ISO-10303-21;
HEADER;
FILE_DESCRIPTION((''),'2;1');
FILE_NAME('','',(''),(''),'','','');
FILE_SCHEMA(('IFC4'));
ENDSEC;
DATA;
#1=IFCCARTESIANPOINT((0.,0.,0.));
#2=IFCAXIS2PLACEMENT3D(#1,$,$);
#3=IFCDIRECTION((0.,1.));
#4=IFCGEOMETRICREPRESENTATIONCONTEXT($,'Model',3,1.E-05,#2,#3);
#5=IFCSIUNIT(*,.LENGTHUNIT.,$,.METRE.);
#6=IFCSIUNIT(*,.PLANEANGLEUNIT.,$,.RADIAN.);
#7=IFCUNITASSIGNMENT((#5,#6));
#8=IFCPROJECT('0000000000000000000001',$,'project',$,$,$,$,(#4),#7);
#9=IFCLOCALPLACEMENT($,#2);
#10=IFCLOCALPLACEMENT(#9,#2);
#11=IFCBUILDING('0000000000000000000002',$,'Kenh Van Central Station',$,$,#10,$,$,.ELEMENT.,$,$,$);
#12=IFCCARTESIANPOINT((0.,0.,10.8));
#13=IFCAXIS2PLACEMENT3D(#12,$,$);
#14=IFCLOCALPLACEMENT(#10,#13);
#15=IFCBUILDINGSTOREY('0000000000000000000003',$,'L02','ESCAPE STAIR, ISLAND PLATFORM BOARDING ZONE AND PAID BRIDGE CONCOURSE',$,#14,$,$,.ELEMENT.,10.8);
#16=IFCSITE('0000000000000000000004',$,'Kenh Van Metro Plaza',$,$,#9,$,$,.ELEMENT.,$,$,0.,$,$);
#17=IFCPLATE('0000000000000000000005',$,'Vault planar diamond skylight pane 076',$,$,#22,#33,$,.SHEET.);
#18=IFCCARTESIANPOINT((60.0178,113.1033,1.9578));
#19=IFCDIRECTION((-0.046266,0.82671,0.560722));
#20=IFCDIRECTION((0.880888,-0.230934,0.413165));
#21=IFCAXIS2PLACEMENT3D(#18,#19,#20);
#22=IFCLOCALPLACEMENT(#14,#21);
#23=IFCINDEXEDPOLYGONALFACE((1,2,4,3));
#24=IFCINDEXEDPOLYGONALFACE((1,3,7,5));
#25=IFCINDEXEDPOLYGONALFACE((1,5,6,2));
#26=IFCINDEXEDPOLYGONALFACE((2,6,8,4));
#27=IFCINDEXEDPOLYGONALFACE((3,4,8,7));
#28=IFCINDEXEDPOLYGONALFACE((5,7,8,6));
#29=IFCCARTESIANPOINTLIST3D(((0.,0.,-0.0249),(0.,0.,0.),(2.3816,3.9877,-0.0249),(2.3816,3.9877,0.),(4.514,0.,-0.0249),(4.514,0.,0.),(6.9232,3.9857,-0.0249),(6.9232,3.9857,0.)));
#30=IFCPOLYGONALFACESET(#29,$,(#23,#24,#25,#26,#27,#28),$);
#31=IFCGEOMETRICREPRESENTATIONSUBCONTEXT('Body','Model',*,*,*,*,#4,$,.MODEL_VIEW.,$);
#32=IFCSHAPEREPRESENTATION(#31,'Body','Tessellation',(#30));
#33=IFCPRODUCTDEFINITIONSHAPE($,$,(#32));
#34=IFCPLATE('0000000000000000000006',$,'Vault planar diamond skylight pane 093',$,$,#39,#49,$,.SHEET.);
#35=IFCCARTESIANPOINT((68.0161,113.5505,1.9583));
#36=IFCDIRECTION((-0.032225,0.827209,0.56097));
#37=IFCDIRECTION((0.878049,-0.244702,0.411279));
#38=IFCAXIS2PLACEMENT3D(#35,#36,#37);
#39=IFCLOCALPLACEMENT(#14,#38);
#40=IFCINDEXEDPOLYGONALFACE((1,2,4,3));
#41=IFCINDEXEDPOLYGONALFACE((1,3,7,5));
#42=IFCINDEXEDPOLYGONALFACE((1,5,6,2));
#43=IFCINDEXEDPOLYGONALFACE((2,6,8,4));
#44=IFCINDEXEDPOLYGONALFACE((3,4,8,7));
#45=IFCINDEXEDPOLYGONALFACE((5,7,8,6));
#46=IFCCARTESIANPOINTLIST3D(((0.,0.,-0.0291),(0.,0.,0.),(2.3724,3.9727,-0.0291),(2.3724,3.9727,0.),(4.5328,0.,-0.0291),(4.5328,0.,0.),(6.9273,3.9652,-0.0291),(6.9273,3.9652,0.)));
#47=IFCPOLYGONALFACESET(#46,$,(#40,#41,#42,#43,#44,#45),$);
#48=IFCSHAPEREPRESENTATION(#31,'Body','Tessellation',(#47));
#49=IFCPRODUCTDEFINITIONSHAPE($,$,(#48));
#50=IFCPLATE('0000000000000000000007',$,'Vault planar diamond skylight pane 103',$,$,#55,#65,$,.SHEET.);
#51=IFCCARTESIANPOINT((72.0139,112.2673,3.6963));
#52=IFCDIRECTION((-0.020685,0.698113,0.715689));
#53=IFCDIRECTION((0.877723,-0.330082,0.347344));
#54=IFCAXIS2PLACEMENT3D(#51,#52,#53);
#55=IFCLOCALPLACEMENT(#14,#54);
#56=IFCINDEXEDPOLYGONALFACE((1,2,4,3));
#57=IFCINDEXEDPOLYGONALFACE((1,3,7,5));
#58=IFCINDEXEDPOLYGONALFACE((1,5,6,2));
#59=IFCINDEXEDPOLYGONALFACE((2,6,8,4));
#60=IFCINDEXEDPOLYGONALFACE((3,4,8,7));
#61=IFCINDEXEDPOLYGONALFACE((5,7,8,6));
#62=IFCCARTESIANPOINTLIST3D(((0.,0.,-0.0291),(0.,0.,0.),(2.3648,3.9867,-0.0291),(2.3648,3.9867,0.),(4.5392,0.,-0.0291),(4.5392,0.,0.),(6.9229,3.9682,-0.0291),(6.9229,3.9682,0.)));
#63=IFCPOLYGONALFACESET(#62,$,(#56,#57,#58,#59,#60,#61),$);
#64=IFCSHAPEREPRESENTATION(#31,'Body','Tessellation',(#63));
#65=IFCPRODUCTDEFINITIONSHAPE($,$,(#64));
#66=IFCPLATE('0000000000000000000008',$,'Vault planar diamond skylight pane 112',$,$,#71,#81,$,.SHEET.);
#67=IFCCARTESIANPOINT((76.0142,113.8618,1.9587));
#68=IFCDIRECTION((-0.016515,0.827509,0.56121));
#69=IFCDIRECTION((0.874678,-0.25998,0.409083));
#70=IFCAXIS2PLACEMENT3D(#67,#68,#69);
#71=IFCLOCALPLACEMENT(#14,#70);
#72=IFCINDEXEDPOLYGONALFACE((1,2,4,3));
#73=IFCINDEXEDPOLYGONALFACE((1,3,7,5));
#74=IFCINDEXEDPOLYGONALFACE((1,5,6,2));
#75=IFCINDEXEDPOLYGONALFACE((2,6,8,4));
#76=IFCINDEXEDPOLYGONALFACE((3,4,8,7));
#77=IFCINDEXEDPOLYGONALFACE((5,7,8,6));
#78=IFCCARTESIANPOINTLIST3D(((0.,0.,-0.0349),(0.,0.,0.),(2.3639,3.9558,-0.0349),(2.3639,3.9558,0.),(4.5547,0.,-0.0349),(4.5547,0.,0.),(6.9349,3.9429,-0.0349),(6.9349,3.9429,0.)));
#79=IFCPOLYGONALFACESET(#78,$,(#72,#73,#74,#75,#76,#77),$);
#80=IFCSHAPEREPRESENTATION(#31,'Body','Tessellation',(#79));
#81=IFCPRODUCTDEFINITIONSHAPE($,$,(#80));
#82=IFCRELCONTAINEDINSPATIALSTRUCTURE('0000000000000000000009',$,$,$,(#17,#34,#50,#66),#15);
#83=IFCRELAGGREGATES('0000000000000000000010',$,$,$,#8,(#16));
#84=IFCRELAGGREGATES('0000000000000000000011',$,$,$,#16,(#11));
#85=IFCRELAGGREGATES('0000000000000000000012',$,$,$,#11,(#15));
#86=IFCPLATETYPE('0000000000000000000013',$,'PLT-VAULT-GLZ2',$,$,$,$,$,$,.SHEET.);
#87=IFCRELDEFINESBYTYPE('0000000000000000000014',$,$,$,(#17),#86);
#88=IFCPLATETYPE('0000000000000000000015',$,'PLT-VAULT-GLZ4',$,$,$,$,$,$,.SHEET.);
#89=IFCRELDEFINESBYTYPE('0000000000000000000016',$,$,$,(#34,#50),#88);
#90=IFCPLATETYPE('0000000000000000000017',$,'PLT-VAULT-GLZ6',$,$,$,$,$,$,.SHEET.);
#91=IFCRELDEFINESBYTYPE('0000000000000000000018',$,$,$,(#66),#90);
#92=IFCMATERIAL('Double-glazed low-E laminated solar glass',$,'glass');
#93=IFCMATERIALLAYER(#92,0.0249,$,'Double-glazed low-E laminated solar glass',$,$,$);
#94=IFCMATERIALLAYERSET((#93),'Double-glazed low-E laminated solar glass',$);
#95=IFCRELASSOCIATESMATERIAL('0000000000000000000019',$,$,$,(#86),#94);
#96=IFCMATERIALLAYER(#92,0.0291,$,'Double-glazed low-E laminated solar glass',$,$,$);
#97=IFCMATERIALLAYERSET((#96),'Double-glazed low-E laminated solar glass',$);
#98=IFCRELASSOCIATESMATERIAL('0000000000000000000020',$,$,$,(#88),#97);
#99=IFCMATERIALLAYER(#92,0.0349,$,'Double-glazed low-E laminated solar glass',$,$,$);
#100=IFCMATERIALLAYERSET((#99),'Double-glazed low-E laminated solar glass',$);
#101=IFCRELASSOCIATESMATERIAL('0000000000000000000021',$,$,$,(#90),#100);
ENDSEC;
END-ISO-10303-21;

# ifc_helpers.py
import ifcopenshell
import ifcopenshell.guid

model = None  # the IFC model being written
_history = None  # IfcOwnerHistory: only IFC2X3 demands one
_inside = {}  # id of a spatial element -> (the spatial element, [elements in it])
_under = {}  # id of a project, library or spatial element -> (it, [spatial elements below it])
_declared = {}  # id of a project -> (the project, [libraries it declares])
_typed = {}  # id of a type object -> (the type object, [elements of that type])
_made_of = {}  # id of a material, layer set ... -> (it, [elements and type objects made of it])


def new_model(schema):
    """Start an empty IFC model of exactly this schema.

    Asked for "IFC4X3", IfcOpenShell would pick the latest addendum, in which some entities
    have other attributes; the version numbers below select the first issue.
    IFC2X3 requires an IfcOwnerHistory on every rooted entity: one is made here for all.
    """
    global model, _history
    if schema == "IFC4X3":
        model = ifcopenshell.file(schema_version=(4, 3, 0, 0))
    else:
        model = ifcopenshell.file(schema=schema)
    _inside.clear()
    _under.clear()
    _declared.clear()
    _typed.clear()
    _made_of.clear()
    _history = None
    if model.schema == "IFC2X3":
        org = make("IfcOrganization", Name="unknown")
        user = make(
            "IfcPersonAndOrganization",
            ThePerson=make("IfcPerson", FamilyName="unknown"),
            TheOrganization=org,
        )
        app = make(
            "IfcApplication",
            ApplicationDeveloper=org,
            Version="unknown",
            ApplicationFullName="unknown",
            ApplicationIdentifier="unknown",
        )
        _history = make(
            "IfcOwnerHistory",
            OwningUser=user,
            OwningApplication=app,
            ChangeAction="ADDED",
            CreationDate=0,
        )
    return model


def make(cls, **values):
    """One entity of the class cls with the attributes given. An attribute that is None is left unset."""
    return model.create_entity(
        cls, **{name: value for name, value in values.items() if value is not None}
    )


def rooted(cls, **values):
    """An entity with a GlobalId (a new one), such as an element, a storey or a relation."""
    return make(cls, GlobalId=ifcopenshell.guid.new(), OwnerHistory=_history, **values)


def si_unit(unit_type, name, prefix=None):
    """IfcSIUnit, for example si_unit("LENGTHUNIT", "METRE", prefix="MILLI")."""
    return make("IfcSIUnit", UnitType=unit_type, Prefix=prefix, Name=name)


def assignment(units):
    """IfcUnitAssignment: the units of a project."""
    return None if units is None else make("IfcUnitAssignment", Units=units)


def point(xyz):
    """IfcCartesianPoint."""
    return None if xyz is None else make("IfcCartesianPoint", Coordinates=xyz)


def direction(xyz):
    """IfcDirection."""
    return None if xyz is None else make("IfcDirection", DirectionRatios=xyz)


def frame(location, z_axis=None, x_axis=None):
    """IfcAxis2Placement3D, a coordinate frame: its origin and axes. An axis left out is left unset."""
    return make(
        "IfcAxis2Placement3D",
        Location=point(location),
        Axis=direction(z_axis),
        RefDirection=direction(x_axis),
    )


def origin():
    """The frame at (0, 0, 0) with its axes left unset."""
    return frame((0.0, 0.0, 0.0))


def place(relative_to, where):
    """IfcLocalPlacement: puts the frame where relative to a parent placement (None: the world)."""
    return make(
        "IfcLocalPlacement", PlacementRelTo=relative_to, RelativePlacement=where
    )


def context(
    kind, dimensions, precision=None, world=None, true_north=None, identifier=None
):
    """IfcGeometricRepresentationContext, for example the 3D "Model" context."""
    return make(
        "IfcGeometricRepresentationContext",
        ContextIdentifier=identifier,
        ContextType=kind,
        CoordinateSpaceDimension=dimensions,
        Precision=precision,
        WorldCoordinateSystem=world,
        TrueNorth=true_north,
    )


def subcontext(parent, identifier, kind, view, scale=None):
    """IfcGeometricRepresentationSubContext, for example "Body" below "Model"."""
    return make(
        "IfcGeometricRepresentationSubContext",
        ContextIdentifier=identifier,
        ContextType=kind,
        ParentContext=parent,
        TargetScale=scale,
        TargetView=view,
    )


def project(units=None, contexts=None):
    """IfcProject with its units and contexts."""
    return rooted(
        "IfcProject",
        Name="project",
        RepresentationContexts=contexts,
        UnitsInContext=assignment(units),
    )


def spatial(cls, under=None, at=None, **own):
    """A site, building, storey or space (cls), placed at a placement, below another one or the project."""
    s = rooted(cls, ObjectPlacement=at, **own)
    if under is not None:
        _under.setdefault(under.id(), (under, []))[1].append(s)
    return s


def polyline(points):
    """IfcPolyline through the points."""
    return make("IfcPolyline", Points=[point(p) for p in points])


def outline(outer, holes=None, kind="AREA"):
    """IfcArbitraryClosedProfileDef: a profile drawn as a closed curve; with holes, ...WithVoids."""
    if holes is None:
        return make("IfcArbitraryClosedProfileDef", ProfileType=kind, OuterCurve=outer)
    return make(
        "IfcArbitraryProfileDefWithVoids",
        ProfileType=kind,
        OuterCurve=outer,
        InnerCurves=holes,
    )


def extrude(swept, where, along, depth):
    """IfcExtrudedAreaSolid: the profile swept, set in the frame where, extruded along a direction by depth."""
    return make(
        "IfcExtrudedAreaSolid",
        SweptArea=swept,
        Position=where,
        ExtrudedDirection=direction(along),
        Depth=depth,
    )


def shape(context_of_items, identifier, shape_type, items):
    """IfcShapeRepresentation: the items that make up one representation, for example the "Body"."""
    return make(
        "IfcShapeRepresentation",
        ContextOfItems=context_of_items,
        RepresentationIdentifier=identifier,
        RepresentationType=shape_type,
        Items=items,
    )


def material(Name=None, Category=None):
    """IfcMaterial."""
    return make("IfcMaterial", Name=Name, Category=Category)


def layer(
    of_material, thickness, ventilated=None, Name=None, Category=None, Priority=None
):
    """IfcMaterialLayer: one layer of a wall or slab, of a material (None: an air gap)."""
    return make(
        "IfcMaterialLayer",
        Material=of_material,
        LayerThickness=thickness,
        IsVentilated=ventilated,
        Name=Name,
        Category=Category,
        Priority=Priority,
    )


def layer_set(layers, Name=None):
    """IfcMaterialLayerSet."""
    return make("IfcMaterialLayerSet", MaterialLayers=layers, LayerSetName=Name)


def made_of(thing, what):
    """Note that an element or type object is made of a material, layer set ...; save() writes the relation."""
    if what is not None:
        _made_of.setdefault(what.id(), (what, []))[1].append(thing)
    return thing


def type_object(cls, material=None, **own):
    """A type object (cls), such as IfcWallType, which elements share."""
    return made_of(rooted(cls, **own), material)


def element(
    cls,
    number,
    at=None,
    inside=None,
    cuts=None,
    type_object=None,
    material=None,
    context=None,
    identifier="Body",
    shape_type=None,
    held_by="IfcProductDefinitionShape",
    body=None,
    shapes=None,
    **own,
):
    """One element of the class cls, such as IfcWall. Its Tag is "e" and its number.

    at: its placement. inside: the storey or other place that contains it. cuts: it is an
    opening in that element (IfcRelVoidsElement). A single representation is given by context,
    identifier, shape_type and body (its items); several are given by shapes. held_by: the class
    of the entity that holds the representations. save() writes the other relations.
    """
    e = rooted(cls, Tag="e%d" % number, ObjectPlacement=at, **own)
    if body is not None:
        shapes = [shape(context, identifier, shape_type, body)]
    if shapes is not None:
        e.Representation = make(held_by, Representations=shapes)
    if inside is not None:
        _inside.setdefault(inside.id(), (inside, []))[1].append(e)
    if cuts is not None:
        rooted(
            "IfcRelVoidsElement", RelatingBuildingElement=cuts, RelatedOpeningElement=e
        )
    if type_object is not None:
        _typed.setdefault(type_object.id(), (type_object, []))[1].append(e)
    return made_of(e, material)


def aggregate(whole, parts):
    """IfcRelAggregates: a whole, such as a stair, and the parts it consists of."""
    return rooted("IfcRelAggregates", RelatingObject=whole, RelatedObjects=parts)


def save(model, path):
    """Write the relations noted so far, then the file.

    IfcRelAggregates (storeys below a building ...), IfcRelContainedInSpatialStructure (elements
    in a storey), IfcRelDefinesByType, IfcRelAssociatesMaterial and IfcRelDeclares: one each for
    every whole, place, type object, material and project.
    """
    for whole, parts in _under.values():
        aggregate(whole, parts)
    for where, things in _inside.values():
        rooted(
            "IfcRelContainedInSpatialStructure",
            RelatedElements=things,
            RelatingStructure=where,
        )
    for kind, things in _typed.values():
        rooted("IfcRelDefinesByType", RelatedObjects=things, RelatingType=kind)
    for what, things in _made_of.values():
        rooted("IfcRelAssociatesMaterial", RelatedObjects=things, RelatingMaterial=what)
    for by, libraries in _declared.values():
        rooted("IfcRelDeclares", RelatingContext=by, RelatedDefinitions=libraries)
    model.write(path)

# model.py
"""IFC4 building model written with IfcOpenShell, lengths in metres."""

from ifc_helpers import new_model, si_unit, direction, frame, origin, place, context, subcontext, project, spatial, polyline, outline, extrude, material, layer, layer_set, type_object, element, save


model = new_model("IFC4")

# Units and contexts
model_context = context("Model", 3, precision=1e-05, world=origin(), true_north=direction((0.0, 1.0)))
body_context = subcontext(model_context, "Body", "Model", "MODEL_VIEW")
ifc_project = project(units=[si_unit("LENGTHUNIT", "METRE"), si_unit("PLANEANGLEUNIT", "RADIAN")], contexts=[model_context])

# Site, building, storey
site_placement = place(None, origin())
site = spatial("IfcSite", under=ifc_project, at=site_placement, Name="Kenh Van Metro Plaza", CompositionType="ELEMENT", RefElevation=0.0)
building_placement = place(site_placement, origin())
building = spatial("IfcBuilding", under=site, at=building_placement, Name="Kenh Van Central Station", CompositionType="ELEMENT")
storey_placement = place(building_placement, frame((0.0, 0.0, 10.8)))
storey = spatial("IfcBuildingStorey", under=building, at=storey_placement, Name="L02", Description="ESCAPE STAIR, ISLAND PLATFORM BOARDING ZONE AND PAID BRIDGE CONCOURSE", CompositionType="ELEMENT", Elevation=10.8)

# Plates
ifc_material_1 = material(Name="Double-glazed low-E laminated solar glass", Category="glass")
ifc_layer_1 = layer(ifc_material_1, 0.0249, Name="Double-glazed low-E laminated solar glass")
ifc_layer_set_1 = layer_set([ifc_layer_1], Name="Double-glazed low-E laminated solar glass")
plate_type_1 = type_object("IfcPlateType", Name="PLT-VAULT-GLZ2", PredefinedType="SHEET", material=ifc_layer_set_1)
plate_1_placement = place(storey_placement, frame((60.0178, 113.1033, 1.9578), z_axis=(-0.046266, 0.82671, 0.560722), x_axis=(0.880888, -0.230934, 0.413165)))
element("IfcPlate", 1, at=plate_1_placement, inside=storey, type_object=plate_type_1, Name="Vault planar diamond skylight pane 076", PredefinedType="SHEET", context=body_context, shape_type="SweptSolid", body=[
    extrude(outline(polyline([(0.0, 0.0), (4.514, 0.0), (6.9232, 3.9857), (2.3816, 3.9877), (0.0, 0.0)])), origin(), (0.0, 0.0, -1.0), 0.0249),
])
ifc_layer_2 = layer(ifc_material_1, 0.0291, Name="Double-glazed low-E laminated solar glass")
ifc_layer_set_2 = layer_set([ifc_layer_2], Name="Double-glazed low-E laminated solar glass")
plate_type_2 = type_object("IfcPlateType", Name="PLT-VAULT-GLZ4", PredefinedType="SHEET", material=ifc_layer_set_2)
plate_2_placement = place(storey_placement, frame((68.0161, 113.5505, 1.9583), z_axis=(-0.032225, 0.827209, 0.56097), x_axis=(0.878049, -0.244702, 0.411279)))
element("IfcPlate", 2, at=plate_2_placement, inside=storey, type_object=plate_type_2, Name="Vault planar diamond skylight pane 093", PredefinedType="SHEET", context=body_context, shape_type="SweptSolid", body=[
    extrude(outline(polyline([(0.0, 0.0), (4.5328, 0.0), (6.9273, 3.9652), (2.3724, 3.9727), (0.0, 0.0)])), origin(), (0.0, 0.0, -1.0), 0.0291),
])
plate_3_placement = place(storey_placement, frame((72.0139, 112.2673, 3.6963), z_axis=(-0.020685, 0.698113, 0.715689), x_axis=(0.877723, -0.330082, 0.347344)))
element("IfcPlate", 3, at=plate_3_placement, inside=storey, type_object=plate_type_2, Name="Vault planar diamond skylight pane 103", PredefinedType="SHEET", context=body_context, shape_type="SweptSolid", body=[
    extrude(outline(polyline([(0.0, 0.0), (4.5392, 0.0), (6.9229, 3.9682), (2.3648, 3.9867), (0.0, 0.0)])), origin(), (0.0, 0.0, -1.0), 0.0291),
])
ifc_layer_3 = layer(ifc_material_1, 0.0349, Name="Double-glazed low-E laminated solar glass")
ifc_layer_set_3 = layer_set([ifc_layer_3], Name="Double-glazed low-E laminated solar glass")
plate_type_3 = type_object("IfcPlateType", Name="PLT-VAULT-GLZ6", PredefinedType="SHEET", material=ifc_layer_set_3)
plate_4_placement = place(storey_placement, frame((76.0142, 113.8618, 1.9587), z_axis=(-0.016515, 0.827509, 0.56121), x_axis=(0.874678, -0.25998, 0.409083)))
element("IfcPlate", 4, at=plate_4_placement, inside=storey, type_object=plate_type_3, Name="Vault planar diamond skylight pane 112", PredefinedType="SHEET", context=body_context, shape_type="SweptSolid", body=[
    extrude(outline(polyline([(0.0, 0.0), (4.5547, 0.0), (6.9349, 3.9429), (2.3639, 3.9558), (0.0, 0.0)])), origin(), (0.0, 0.0, -1.0), 0.0349),
])

save(model, "model.ifc")
